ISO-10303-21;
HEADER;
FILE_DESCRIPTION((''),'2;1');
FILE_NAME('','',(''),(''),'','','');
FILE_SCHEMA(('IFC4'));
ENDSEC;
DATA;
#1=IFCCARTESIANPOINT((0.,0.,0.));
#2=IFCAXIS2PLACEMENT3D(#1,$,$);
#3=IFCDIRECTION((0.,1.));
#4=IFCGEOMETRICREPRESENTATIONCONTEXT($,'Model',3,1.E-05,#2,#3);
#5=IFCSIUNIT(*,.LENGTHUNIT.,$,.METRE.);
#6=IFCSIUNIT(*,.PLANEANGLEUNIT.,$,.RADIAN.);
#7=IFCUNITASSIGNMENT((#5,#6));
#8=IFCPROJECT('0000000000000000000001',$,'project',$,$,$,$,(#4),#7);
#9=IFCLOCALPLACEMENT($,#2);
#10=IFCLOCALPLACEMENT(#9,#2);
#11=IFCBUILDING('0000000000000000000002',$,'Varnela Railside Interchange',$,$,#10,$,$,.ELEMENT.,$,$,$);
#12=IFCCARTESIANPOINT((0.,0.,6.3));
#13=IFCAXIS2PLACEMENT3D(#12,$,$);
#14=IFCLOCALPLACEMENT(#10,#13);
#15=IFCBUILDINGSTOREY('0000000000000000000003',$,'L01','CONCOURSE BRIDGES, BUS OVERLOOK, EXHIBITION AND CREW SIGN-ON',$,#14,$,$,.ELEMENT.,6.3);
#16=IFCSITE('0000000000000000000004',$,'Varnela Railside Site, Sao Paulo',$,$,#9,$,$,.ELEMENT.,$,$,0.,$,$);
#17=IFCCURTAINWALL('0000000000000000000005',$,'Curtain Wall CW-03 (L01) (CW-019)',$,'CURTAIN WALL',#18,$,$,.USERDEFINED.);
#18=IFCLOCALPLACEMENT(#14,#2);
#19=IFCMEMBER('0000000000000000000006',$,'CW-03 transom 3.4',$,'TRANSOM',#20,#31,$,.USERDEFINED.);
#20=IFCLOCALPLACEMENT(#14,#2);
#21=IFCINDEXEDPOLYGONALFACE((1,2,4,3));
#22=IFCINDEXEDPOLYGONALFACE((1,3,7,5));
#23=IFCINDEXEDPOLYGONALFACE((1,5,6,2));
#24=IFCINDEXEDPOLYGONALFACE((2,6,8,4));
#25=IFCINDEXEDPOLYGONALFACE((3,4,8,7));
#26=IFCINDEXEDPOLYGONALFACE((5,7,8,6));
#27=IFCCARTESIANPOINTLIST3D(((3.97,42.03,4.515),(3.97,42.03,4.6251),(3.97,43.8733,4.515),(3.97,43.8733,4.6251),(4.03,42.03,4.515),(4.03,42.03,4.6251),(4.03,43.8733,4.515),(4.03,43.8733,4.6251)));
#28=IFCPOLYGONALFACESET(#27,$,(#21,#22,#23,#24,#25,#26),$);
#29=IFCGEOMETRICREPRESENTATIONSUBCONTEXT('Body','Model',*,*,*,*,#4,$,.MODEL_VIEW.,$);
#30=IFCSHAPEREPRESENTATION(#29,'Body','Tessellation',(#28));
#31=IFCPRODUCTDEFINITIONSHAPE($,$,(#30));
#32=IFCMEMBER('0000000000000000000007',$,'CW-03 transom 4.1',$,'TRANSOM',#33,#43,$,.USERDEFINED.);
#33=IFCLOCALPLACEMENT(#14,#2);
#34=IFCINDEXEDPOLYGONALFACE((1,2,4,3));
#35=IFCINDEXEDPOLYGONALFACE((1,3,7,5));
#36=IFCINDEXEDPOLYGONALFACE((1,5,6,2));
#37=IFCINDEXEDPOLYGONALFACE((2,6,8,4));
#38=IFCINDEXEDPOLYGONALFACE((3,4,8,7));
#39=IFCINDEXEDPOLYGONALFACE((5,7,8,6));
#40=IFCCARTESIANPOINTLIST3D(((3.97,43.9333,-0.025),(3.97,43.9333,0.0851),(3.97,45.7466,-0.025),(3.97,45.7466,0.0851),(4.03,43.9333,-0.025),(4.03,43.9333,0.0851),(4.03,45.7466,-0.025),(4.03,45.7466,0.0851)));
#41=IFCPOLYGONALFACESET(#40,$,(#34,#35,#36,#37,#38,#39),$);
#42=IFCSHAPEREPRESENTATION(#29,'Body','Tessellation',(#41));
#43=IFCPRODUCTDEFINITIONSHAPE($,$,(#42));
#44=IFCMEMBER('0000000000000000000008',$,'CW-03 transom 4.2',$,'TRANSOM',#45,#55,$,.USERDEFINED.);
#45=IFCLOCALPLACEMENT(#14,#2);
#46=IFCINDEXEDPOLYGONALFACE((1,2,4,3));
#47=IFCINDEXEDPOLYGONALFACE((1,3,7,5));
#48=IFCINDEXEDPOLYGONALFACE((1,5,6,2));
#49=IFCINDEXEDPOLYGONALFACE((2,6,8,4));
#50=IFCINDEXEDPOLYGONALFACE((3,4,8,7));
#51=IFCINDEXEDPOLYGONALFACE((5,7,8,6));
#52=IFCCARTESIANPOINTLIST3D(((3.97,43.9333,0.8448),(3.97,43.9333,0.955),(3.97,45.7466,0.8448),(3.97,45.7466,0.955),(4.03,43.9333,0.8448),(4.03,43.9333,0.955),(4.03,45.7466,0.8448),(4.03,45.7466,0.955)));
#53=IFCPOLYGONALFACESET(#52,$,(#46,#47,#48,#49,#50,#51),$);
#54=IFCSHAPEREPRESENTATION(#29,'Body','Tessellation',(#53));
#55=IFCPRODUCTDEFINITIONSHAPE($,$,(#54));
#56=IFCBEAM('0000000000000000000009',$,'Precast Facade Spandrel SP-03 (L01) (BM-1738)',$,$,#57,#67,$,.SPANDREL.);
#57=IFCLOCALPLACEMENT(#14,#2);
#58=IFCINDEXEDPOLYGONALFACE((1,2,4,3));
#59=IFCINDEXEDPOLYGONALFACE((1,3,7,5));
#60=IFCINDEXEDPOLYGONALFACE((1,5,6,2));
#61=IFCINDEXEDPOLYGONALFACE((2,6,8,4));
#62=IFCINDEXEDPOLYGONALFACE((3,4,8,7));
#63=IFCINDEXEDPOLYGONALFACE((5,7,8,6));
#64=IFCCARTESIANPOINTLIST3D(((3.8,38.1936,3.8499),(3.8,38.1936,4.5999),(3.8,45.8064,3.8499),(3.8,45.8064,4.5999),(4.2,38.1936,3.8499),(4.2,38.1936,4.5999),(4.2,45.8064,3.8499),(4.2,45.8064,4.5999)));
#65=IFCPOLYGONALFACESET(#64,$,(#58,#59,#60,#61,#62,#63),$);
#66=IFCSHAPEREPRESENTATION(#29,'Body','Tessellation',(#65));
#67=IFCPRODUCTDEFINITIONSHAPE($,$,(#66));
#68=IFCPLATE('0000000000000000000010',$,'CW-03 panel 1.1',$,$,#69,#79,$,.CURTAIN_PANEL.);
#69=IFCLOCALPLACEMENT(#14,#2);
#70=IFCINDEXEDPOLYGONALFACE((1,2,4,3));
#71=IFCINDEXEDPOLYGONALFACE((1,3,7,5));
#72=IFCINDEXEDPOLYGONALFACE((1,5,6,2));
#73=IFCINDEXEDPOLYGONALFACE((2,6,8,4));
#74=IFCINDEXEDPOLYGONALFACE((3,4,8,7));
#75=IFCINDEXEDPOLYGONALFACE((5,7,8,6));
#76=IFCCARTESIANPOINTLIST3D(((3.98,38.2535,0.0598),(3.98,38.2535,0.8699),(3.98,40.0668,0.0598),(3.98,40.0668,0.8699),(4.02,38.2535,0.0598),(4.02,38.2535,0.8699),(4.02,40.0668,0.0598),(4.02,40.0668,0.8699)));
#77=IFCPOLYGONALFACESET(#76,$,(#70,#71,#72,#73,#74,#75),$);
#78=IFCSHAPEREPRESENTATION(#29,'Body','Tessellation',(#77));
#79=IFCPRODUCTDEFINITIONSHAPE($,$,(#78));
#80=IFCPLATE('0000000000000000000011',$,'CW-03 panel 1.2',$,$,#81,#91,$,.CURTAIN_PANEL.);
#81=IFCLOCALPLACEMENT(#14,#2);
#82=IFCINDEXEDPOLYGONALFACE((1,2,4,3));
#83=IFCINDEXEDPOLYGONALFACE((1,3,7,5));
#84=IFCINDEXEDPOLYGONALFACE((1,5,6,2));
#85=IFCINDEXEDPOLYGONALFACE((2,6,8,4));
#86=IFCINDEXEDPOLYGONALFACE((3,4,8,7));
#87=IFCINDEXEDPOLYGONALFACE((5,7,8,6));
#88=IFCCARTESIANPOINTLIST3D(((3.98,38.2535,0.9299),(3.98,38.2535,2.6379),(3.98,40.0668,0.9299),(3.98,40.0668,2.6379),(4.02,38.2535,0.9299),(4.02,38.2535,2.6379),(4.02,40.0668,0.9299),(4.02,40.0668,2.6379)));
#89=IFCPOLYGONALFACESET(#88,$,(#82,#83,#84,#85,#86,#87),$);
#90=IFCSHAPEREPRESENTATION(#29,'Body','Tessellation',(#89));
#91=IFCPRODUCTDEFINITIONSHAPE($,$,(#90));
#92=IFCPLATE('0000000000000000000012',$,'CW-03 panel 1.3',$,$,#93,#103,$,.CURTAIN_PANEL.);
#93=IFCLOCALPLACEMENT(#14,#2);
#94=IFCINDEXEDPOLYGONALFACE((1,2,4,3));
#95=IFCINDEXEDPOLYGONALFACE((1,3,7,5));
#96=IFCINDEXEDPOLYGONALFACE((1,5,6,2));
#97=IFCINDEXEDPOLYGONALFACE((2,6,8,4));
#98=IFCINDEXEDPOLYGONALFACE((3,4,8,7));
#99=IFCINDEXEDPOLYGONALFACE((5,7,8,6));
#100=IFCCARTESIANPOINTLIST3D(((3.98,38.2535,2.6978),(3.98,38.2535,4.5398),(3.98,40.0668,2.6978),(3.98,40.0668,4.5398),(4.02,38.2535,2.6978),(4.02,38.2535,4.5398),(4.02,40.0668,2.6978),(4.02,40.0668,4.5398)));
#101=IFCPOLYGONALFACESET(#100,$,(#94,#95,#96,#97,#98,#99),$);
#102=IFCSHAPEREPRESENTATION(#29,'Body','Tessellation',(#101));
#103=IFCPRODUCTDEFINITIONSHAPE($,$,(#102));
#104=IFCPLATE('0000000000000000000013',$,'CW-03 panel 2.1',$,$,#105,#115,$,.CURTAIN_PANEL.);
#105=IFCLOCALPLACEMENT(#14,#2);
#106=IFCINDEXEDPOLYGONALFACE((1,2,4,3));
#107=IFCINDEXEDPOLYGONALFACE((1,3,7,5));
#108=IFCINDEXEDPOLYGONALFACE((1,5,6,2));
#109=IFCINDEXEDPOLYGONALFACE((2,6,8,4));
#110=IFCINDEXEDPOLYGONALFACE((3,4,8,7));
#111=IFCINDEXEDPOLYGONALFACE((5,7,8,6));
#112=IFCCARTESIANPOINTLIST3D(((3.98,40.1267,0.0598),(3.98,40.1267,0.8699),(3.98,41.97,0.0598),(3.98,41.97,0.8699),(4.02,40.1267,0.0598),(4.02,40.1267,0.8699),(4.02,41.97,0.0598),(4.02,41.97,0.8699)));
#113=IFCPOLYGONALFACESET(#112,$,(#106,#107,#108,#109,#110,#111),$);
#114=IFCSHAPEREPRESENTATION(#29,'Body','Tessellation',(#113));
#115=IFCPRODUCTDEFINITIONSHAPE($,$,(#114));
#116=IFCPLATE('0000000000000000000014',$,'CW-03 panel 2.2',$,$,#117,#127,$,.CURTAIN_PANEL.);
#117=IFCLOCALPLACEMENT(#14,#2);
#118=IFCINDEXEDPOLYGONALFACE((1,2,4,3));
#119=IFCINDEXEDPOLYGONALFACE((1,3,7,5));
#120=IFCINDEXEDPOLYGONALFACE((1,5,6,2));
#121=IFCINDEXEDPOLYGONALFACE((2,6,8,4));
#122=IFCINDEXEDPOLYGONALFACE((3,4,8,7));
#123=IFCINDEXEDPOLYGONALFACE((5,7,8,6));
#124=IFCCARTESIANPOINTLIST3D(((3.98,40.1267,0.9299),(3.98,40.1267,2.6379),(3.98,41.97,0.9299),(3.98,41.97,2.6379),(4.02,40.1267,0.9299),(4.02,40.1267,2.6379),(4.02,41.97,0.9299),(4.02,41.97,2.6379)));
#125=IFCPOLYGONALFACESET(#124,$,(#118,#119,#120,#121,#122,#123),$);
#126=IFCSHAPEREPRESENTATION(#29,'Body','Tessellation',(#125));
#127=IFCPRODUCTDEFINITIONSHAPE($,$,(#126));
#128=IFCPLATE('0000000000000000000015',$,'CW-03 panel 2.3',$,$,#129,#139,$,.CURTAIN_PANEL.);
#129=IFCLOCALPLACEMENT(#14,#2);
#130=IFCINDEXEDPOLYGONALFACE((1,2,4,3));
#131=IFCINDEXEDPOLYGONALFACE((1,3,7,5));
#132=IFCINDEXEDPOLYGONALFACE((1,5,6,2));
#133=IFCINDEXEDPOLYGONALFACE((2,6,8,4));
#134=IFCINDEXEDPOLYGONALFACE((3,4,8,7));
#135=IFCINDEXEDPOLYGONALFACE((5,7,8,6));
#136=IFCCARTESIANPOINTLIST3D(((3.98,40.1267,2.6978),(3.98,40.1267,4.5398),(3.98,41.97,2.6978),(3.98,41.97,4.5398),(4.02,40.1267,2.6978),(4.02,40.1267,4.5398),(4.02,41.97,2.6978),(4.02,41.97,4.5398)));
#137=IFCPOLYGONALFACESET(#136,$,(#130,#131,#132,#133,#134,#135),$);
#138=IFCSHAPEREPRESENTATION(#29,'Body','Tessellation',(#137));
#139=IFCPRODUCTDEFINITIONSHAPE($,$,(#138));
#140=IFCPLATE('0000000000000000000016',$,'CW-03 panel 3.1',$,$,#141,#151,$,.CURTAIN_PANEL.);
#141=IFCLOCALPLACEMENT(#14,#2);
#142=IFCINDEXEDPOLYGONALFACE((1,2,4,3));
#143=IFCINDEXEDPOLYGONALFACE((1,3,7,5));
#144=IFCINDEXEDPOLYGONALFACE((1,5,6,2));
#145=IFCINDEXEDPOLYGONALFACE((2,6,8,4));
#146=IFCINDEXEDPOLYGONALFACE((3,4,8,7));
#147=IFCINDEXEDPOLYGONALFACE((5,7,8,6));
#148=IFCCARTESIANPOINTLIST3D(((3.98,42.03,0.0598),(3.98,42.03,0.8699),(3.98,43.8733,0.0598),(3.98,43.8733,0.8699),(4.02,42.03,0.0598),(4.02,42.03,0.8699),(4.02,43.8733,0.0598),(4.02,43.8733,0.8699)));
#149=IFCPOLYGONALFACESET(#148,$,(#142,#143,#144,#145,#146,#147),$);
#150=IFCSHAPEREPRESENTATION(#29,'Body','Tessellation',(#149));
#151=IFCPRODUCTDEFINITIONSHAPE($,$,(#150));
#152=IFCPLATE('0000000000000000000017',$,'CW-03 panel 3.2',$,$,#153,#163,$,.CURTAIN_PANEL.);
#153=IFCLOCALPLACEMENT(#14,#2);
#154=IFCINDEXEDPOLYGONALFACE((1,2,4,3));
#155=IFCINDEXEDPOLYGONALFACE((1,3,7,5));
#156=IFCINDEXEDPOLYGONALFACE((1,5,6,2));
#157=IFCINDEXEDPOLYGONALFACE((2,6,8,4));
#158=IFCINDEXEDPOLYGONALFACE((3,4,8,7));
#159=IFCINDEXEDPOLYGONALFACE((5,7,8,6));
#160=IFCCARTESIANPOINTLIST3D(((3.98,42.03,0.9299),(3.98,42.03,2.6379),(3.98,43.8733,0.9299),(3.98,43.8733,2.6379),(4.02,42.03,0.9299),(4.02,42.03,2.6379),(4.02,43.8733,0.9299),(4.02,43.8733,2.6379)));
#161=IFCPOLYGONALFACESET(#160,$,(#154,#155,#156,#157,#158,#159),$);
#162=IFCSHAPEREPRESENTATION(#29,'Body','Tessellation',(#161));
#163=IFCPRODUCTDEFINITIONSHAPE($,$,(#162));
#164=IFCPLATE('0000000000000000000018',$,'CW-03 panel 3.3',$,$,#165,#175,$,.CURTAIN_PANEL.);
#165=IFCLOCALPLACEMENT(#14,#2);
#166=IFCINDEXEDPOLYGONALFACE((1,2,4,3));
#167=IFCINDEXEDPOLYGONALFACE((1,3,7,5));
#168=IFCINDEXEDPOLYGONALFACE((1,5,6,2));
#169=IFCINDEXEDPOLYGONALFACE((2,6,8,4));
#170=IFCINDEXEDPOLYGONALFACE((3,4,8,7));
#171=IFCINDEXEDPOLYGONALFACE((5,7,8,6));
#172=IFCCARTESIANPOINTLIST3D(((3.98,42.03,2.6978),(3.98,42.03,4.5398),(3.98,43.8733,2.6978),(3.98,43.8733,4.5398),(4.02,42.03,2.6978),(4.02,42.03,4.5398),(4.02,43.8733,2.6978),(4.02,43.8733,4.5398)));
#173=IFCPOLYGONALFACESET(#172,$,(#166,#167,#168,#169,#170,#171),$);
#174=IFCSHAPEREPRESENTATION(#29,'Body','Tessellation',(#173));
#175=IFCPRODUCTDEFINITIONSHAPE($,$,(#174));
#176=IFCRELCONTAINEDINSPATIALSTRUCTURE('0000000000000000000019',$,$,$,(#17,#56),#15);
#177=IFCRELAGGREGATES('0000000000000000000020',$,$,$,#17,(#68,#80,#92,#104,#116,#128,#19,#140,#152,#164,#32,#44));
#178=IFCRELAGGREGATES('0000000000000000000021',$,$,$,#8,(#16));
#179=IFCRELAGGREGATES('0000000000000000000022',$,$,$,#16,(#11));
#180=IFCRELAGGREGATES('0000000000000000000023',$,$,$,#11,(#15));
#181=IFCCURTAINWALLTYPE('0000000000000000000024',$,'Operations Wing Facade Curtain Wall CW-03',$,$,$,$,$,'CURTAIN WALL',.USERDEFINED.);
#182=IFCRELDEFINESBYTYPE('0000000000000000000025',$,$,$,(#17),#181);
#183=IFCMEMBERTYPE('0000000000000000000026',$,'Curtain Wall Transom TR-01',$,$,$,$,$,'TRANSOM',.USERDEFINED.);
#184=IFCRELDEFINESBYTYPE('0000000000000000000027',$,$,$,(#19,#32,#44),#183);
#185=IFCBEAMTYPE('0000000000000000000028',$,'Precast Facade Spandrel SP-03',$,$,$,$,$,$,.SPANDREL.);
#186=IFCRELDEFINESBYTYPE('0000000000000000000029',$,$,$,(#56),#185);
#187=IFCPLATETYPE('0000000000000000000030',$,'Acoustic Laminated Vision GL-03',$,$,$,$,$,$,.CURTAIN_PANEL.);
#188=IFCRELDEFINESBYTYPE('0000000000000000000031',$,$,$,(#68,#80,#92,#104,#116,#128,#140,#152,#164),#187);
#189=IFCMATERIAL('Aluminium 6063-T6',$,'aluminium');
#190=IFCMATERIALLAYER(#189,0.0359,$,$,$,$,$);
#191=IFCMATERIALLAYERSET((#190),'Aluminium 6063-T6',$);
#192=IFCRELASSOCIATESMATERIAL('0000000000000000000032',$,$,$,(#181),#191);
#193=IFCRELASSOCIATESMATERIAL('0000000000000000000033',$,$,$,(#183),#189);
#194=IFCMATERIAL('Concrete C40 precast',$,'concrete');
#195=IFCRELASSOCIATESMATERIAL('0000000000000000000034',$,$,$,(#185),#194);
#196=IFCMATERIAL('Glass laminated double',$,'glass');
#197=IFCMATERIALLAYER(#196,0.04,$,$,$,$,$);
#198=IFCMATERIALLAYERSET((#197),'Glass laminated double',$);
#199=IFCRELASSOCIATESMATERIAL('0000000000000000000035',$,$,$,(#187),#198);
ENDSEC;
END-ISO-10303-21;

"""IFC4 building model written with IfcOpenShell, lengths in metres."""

from ifc_helpers import new_model, si_unit, direction, frame, origin, origin_2d, place, context, subcontext, project, spatial, rectangle, extrude, material, layer, layer_set, material_profile, profile_set, type_object, element, aggregate, save


model = new_model("IFC4")

# Units and contexts
model_context = context("Model", 3, precision=1e-05, world=origin(), true_north=direction((0.0, 1.0)))
body_context = subcontext(model_context, "Body", "Model", "MODEL_VIEW")
ifc_project = project(units=[si_unit("LENGTHUNIT", "METRE"), si_unit("PLANEANGLEUNIT", "RADIAN")], contexts=[model_context])

# Site, building, storey
site_placement = place(None, origin())
site = spatial("IfcSite", under=ifc_project, at=site_placement, Name="Varnela Railside Site, Sao Paulo", CompositionType="ELEMENT", RefElevation=0.0)
building_placement = place(site_placement, origin())
building = spatial("IfcBuilding", under=site, at=building_placement, Name="Varnela Railside Interchange", CompositionType="ELEMENT")
storey_placement = place(building_placement, frame((0.0, 0.0, 6.3)))
storey = spatial("IfcBuildingStorey", under=building, at=storey_placement, Name="L01", Description="CONCOURSE BRIDGES, BUS OVERLOOK, EXHIBITION AND CREW SIGN-ON", CompositionType="ELEMENT", Elevation=6.3)

# Curtain wall, members
ifc_material_1 = material(Name="Aluminium 6063-T6", Category="aluminium")
ifc_layer_1 = layer(ifc_material_1, 0.0359)
ifc_layer_set_1 = layer_set([ifc_layer_1], Name="Aluminium 6063-T6")
curtain_wall_type = type_object("IfcCurtainWallType", Name="Operations Wing Facade Curtain Wall CW-03", ElementType="CURTAIN WALL", PredefinedType="USERDEFINED", material=ifc_layer_set_1)
curtain_wall_placement = place(storey_placement, origin())
curtain_wall = element("IfcCurtainWall", 1, at=curtain_wall_placement, inside=storey, type_object=curtain_wall_type, Name="Curtain Wall CW-03 (L01) (CW-019)", ObjectType="CURTAIN WALL", PredefinedType="USERDEFINED")
ifc_material_profile_1 = material_profile(ifc_material_1, rectangle(XDim=0.0601, YDim=0.1101, at=origin_2d()), Name="ALU 60x110")
ifc_profile_set_1 = profile_set([ifc_material_profile_1], Name="Aluminium 6063-T6")
member_type_1 = type_object("IfcMemberType", Name="Curtain Wall Transom TR-01", ElementType="TRANSOM", PredefinedType="USERDEFINED", material=ifc_profile_set_1)
member_1_placement = place(storey_placement, frame((4.0, 42.03, 4.5701), z_axis=(0.0, 1.0, 0.0), x_axis=(-1.0, 0.0, 0.0)))
member_1 = element("IfcMember", 2, at=member_1_placement, type_object=member_type_1, Name="CW-03 transom 3.4", ObjectType="TRANSOM", PredefinedType="USERDEFINED", context=body_context, shape_type="SweptSolid", body=[
    extrude(rectangle(XDim=0.0601, YDim=0.1101, at=origin_2d()), origin(), (0.0, 0.0, 1.0), 1.8433),
])
member_2_placement = place(storey_placement, frame((4.0, 43.9333, 0.03), z_axis=(0.0, 1.0, 0.0), x_axis=(-1.0, 0.0, 0.0)))
member_2 = element("IfcMember", 3, at=member_2_placement, type_object=member_type_1, Name="CW-03 transom 4.1", ObjectType="TRANSOM", PredefinedType="USERDEFINED", context=body_context, shape_type="SweptSolid", body=[
    extrude(rectangle(XDim=0.0601, YDim=0.1101, at=origin_2d()), origin(), (0.0, 0.0, 1.0), 1.8132),
])
member_3_placement = place(storey_placement, frame((4.0, 43.9333, 0.8999), z_axis=(0.0, 1.0, 0.0), x_axis=(-1.0, 0.0, 0.0)))
member_3 = element("IfcMember", 4, at=member_3_placement, type_object=member_type_1, Name="CW-03 transom 4.2", ObjectType="TRANSOM", PredefinedType="USERDEFINED", context=body_context, shape_type="SweptSolid", body=[
    extrude(rectangle(XDim=0.0601, YDim=0.1101, at=origin_2d()), origin(), (0.0, 0.0, 1.0), 1.8132),
])

# Beam
ifc_material_2 = material(Name="Concrete C40 precast", Category="concrete")
ifc_material_profile_2 = material_profile(ifc_material_2, rectangle(XDim=0.3999, YDim=0.75, at=origin_2d()), Name="PC 400x750")
ifc_profile_set_2 = profile_set([ifc_material_profile_2], Name="Concrete C40 precast")
beam_type = type_object("IfcBeamType", Name="Precast Facade Spandrel SP-03", PredefinedType="SPANDREL", material=ifc_profile_set_2)
beam_placement = place(storey_placement, frame((4.0, 38.1936, 4.2249), z_axis=(0.0, 1.0, 0.0), x_axis=(-1.0, 0.0, 0.0)))
element("IfcBeam", 5, at=beam_placement, inside=storey, type_object=beam_type, Name="Precast Facade Spandrel SP-03 (L01) (BM-1738)", PredefinedType="SPANDREL", context=body_context, shape_type="SweptSolid", body=[
    extrude(rectangle(XDim=0.3999, YDim=0.75, at=origin_2d()), origin(), (0.0, 0.0, 1.0), 7.6128),
])

# Plates
ifc_material_3 = material(Name="Glass laminated double", Category="glass")
ifc_layer_2 = layer(ifc_material_3, 0.04)
ifc_layer_set_2 = layer_set([ifc_layer_2], Name="Glass laminated double")
plate_type = type_object("IfcPlateType", Name="Acoustic Laminated Vision GL-03", PredefinedType="CURTAIN_PANEL", material=ifc_layer_set_2)
plate_1_placement = place(storey_placement, frame((4.0, 39.1602, 0.0598), z_axis=(0.0, 0.0, 1.0), x_axis=(0.0, 1.0, 0.0)))
plate_1 = element("IfcPlate", 6, at=plate_1_placement, type_object=plate_type, Name="CW-03 panel 1.1", PredefinedType="CURTAIN_PANEL", context=body_context, shape_type="SweptSolid", body=[
    extrude(rectangle(XDim=1.8132, YDim=0.04, at=origin_2d()), origin(), (0.0, 0.0, 1.0), 0.8101),
])
plate_2_placement = place(storey_placement, frame((4.0, 39.1602, 0.9299), z_axis=(0.0, 0.0, 1.0), x_axis=(0.0, 1.0, 0.0)))
plate_2 = element("IfcPlate", 7, at=plate_2_placement, type_object=plate_type, Name="CW-03 panel 1.2", PredefinedType="CURTAIN_PANEL", context=body_context, shape_type="SweptSolid", body=[
    extrude(rectangle(XDim=1.8132, YDim=0.04, at=origin_2d()), origin(), (0.0, 0.0, 1.0), 1.708),
])
plate_3_placement = place(storey_placement, frame((4.0, 39.1602, 2.6978), z_axis=(0.0, 0.0, 1.0), x_axis=(0.0, 1.0, 0.0)))
plate_3 = element("IfcPlate", 8, at=plate_3_placement, type_object=plate_type, Name="CW-03 panel 1.3", PredefinedType="CURTAIN_PANEL", context=body_context, shape_type="SweptSolid", body=[
    extrude(rectangle(XDim=1.8132, YDim=0.04, at=origin_2d()), origin(), (0.0, 0.0, 1.0), 1.842),
])
plate_4_placement = place(storey_placement, frame((4.0, 41.0483, 0.0598), z_axis=(0.0, 0.0, 1.0), x_axis=(0.0, 1.0, 0.0)))
plate_4 = element("IfcPlate", 9, at=plate_4_placement, type_object=plate_type, Name="CW-03 panel 2.1", PredefinedType="CURTAIN_PANEL", context=body_context, shape_type="SweptSolid", body=[
    extrude(rectangle(XDim=1.8433, YDim=0.04, at=origin_2d()), origin(), (0.0, 0.0, 1.0), 0.8101),
])
plate_5_placement = place(storey_placement, frame((4.0, 41.0483, 0.9299), z_axis=(0.0, 0.0, 1.0), x_axis=(0.0, 1.0, 0.0)))
plate_5 = element("IfcPlate", 10, at=plate_5_placement, type_object=plate_type, Name="CW-03 panel 2.2", PredefinedType="CURTAIN_PANEL", context=body_context, shape_type="SweptSolid", body=[
    extrude(rectangle(XDim=1.8433, YDim=0.04, at=origin_2d()), origin(), (0.0, 0.0, 1.0), 1.708),
])
plate_6_placement = place(storey_placement, frame((4.0, 41.0483, 2.6978), z_axis=(0.0, 0.0, 1.0), x_axis=(0.0, 1.0, 0.0)))
plate_6 = element("IfcPlate", 11, at=plate_6_placement, type_object=plate_type, Name="CW-03 panel 2.3", PredefinedType="CURTAIN_PANEL", context=body_context, shape_type="SweptSolid", body=[
    extrude(rectangle(XDim=1.8433, YDim=0.04, at=origin_2d()), origin(), (0.0, 0.0, 1.0), 1.842),
])
plate_7_placement = place(storey_placement, frame((4.0, 42.9517, 0.0598), z_axis=(0.0, 0.0, 1.0), x_axis=(0.0, 1.0, 0.0)))
plate_7 = element("IfcPlate", 12, at=plate_7_placement, type_object=plate_type, Name="CW-03 panel 3.1", PredefinedType="CURTAIN_PANEL", context=body_context, shape_type="SweptSolid", body=[
    extrude(rectangle(XDim=1.8433, YDim=0.04, at=origin_2d()), origin(), (0.0, 0.0, 1.0), 0.8101),
])
plate_8_placement = place(storey_placement, frame((4.0, 42.9517, 0.9299), z_axis=(0.0, 0.0, 1.0), x_axis=(0.0, 1.0, 0.0)))
plate_8 = element("IfcPlate", 13, at=plate_8_placement, type_object=plate_type, Name="CW-03 panel 3.2", PredefinedType="CURTAIN_PANEL", context=body_context, shape_type="SweptSolid", body=[
    extrude(rectangle(XDim=1.8433, YDim=0.04, at=origin_2d()), origin(), (0.0, 0.0, 1.0), 1.708),
])
plate_9_placement = place(storey_placement, frame((4.0, 42.9517, 2.6978), z_axis=(0.0, 0.0, 1.0), x_axis=(0.0, 1.0, 0.0)))
plate_9 = element("IfcPlate", 14, at=plate_9_placement, type_object=plate_type, Name="CW-03 panel 3.3", PredefinedType="CURTAIN_PANEL", context=body_context, shape_type="SweptSolid", body=[
    extrude(rectangle(XDim=1.8433, YDim=0.04, at=origin_2d()), origin(), (0.0, 0.0, 1.0), 1.842),
])
aggregate(curtain_wall, [plate_1, plate_2, plate_3, plate_4, plate_5, plate_6, member_1, plate_7, plate_8, plate_9, member_2, member_3])

save(model, "model.ifc")
